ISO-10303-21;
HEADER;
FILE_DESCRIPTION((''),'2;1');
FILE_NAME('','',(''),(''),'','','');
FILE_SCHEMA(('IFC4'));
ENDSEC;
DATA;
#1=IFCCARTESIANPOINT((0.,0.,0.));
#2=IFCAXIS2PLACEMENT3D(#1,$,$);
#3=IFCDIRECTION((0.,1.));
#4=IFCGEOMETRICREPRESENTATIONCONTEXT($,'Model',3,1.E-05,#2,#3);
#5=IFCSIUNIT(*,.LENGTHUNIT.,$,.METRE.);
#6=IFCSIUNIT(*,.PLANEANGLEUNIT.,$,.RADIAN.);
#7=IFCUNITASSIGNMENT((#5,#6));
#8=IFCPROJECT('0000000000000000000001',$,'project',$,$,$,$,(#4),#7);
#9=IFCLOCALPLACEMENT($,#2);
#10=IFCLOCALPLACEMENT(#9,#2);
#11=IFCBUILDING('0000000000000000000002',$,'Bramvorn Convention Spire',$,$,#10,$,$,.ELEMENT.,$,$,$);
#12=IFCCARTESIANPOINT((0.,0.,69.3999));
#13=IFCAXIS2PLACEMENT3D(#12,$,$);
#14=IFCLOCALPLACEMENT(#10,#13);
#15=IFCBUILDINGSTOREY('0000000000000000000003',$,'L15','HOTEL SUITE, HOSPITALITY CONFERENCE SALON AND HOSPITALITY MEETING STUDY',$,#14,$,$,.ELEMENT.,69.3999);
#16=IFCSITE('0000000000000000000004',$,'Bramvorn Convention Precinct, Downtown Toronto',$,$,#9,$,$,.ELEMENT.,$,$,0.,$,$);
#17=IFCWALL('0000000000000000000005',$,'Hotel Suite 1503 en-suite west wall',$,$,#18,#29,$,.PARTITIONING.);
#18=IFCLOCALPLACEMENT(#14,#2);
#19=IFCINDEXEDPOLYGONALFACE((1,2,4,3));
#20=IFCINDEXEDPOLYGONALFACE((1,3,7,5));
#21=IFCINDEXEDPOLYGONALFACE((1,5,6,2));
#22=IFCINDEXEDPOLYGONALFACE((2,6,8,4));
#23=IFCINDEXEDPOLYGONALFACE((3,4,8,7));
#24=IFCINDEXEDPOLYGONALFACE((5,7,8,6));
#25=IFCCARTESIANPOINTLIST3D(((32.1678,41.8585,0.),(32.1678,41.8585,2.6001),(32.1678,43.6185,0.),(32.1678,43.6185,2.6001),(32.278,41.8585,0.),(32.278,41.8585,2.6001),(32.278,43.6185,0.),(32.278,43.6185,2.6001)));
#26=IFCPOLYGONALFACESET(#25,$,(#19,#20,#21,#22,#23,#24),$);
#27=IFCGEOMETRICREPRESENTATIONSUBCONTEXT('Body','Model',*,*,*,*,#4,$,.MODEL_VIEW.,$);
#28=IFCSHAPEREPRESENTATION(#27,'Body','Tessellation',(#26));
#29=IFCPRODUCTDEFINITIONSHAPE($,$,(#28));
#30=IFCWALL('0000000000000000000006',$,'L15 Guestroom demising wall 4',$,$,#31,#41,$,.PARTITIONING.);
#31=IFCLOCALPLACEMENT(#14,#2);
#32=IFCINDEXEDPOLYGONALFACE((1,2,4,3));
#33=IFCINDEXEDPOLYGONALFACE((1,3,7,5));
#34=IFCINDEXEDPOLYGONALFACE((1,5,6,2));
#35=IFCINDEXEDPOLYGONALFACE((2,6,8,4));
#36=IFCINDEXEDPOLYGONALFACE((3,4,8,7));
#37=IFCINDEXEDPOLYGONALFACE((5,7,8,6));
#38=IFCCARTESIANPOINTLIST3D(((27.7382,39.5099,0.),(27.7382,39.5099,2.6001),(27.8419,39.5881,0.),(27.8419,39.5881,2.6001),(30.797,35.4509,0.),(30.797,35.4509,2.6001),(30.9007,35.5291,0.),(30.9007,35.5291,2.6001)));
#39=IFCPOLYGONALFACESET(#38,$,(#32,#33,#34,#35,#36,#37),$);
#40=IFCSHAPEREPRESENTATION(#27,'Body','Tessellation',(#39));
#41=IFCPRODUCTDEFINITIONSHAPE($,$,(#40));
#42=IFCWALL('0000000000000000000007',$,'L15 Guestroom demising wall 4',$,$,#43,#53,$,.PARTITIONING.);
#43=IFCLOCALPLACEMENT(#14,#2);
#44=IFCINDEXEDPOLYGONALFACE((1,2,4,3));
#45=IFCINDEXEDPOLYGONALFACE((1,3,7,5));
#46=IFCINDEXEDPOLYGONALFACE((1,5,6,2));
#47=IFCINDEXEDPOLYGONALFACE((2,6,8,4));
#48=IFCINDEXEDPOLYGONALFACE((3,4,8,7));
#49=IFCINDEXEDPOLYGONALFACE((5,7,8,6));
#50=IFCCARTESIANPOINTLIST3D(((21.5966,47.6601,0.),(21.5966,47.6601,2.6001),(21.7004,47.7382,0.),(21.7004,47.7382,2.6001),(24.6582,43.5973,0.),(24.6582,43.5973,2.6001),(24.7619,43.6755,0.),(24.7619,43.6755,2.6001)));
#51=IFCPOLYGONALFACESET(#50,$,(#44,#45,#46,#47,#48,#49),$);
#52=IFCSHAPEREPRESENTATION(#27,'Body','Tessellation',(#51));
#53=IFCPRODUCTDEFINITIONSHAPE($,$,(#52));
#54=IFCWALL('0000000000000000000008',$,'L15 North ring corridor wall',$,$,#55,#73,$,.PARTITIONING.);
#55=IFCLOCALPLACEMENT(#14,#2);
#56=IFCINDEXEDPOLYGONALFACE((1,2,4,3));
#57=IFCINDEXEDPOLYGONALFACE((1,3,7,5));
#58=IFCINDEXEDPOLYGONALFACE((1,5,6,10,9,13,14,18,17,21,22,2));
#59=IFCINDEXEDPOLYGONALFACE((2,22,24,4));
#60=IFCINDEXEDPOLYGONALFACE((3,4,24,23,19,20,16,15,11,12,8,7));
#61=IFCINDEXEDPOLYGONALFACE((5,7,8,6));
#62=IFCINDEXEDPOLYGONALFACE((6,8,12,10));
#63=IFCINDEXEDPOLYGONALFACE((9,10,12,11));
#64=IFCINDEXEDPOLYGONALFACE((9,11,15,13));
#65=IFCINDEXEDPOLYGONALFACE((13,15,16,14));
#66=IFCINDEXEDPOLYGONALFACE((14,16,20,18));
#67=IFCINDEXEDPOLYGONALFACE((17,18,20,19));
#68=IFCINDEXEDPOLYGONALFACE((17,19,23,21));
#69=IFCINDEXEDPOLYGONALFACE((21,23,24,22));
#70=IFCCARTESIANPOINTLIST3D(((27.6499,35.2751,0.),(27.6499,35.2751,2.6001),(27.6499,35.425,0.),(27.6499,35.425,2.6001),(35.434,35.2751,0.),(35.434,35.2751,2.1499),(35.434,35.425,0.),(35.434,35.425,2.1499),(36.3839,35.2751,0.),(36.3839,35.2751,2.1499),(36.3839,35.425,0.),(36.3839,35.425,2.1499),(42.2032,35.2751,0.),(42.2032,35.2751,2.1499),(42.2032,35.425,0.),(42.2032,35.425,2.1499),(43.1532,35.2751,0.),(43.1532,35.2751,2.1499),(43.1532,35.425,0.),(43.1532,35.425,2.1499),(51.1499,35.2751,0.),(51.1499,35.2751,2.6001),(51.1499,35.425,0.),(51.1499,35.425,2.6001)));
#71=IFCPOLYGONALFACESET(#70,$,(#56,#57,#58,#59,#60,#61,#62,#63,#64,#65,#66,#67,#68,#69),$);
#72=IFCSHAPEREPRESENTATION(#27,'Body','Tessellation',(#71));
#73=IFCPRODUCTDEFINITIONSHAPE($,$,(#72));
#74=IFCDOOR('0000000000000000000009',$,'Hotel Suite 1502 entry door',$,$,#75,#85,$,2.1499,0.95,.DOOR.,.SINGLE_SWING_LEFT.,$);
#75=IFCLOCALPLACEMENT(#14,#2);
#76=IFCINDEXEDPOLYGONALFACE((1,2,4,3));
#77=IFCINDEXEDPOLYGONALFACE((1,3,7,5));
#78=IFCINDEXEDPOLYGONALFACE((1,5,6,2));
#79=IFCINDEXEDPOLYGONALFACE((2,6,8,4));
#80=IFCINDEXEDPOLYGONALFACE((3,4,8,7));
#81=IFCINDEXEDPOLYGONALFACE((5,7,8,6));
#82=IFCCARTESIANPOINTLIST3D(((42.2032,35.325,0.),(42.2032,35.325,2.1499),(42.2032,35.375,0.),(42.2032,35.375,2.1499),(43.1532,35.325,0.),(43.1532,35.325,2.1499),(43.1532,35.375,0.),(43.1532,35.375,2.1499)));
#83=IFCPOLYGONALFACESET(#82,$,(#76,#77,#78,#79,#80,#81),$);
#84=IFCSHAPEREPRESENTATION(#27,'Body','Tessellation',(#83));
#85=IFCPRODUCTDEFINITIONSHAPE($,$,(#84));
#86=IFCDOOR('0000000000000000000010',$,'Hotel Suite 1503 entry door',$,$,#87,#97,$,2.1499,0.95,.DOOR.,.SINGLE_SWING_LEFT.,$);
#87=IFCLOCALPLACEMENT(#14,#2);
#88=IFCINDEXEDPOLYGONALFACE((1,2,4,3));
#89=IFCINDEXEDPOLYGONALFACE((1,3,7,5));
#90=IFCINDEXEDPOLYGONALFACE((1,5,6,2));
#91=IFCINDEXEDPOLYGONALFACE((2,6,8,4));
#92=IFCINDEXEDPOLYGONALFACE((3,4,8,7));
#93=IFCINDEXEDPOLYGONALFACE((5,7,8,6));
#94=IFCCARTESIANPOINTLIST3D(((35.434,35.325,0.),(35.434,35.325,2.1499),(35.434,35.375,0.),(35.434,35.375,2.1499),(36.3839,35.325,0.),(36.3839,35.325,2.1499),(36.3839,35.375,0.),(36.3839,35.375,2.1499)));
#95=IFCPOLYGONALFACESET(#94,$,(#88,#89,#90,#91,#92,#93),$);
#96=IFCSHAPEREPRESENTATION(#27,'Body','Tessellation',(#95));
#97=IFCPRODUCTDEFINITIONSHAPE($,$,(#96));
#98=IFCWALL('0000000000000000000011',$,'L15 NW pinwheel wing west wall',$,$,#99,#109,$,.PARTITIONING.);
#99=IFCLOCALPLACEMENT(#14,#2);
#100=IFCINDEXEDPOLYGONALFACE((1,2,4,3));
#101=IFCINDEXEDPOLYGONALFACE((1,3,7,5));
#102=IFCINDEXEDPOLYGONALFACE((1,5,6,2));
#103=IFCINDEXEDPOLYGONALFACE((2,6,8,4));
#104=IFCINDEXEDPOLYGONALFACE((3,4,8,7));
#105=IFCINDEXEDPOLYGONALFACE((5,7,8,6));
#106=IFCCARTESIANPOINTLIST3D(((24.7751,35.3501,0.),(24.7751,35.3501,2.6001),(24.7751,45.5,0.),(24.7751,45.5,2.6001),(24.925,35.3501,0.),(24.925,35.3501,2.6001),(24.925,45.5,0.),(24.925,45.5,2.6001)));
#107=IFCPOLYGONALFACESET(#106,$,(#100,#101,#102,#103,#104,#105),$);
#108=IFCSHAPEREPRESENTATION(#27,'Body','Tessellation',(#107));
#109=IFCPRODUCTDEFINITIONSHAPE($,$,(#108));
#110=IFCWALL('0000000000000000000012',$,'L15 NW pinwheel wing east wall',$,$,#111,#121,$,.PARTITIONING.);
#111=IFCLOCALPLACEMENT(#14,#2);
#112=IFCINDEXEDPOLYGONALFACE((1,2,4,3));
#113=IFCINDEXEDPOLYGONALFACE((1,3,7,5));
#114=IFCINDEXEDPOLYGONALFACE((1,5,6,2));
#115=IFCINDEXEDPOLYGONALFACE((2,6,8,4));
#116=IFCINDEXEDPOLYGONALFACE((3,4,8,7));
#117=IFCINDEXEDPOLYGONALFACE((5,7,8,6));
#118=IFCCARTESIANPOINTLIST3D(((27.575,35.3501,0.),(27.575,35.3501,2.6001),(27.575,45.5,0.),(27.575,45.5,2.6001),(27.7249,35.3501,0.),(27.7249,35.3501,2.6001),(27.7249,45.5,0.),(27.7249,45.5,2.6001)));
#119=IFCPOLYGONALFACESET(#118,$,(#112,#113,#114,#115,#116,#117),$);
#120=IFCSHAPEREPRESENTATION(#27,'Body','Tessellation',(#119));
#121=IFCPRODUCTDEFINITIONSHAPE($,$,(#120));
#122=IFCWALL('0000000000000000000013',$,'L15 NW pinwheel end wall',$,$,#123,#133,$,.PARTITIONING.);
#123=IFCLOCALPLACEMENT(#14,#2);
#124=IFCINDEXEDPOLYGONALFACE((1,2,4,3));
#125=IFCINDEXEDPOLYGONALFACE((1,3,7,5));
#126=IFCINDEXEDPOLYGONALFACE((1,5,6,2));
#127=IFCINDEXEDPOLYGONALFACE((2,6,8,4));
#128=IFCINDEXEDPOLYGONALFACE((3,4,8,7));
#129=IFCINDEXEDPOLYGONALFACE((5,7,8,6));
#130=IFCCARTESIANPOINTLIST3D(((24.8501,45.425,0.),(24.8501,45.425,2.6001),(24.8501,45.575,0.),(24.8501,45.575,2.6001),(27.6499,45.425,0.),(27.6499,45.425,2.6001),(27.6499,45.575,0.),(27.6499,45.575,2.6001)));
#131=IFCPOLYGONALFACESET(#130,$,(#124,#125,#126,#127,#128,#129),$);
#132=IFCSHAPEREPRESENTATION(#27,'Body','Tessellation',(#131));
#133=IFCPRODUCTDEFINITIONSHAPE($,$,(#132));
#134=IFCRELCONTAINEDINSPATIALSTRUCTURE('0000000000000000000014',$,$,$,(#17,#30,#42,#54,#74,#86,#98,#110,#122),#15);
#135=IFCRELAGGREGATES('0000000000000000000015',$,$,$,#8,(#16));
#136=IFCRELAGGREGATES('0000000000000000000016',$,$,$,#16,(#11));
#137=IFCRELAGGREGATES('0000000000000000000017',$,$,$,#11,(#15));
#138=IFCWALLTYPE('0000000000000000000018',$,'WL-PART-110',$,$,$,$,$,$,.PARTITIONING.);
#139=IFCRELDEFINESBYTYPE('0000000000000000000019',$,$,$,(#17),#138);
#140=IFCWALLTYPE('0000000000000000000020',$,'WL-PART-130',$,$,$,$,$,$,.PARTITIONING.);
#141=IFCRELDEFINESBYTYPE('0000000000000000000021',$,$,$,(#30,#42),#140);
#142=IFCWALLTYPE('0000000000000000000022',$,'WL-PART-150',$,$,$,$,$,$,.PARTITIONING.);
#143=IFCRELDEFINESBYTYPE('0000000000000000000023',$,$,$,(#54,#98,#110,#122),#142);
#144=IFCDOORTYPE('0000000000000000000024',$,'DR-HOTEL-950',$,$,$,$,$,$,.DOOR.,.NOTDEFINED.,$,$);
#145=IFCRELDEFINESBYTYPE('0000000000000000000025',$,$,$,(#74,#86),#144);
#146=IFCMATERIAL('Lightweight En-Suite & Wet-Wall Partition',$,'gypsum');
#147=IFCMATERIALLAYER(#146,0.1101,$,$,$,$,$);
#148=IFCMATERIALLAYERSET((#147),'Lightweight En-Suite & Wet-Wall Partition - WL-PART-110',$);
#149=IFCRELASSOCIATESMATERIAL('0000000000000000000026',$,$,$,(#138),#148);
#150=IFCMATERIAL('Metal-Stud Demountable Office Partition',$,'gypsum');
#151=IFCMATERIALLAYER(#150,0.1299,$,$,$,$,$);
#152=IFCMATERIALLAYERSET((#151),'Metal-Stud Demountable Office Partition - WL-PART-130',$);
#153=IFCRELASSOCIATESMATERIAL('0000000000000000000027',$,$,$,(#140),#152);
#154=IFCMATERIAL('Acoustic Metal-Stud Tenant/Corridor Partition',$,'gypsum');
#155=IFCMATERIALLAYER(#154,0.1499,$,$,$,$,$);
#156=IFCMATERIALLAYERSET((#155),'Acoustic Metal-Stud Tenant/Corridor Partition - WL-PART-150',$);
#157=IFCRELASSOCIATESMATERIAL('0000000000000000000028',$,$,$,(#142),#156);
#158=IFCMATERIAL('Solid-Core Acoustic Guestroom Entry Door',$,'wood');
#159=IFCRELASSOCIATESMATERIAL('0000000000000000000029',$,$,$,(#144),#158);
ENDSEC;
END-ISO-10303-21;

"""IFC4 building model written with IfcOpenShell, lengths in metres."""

from ifc_helpers import new_model, si_unit, direction, frame, frame_2d, origin, place, context, subcontext, project, spatial, rectangle, extrude, material, layer, layer_set, type_object, element, fill, save


model = new_model("IFC4")

# Units and contexts
model_context = context("Model", 3, precision=1e-05, world=origin(), true_north=direction((0.0, 1.0)))
body_context = subcontext(model_context, "Body", "Model", "MODEL_VIEW")
ifc_project = project(units=[si_unit("LENGTHUNIT", "METRE"), si_unit("PLANEANGLEUNIT", "RADIAN")], contexts=[model_context])

# Site, building, storey
site_placement = place(None, origin())
site = spatial("IfcSite", under=ifc_project, at=site_placement, Name="Bramvorn Convention Precinct, Downtown Toronto", CompositionType="ELEMENT", RefElevation=0.0)
building_placement = place(site_placement, origin())
building = spatial("IfcBuilding", under=site, at=building_placement, Name="Bramvorn Convention Spire", CompositionType="ELEMENT")
storey_placement = place(building_placement, frame((0.0, 0.0, 69.3999)))
storey = spatial("IfcBuildingStorey", under=building, at=storey_placement, Name="L15", Description="HOTEL SUITE, HOSPITALITY CONFERENCE SALON AND HOSPITALITY MEETING STUDY", CompositionType="ELEMENT", Elevation=69.3999)

# Shared definitions
ifc_material_1 = material(Name="Lightweight En-Suite & Wet-Wall Partition", Category="gypsum")
ifc_layer_1 = layer(ifc_material_1, 0.1101)
ifc_layer_set_1 = layer_set([ifc_layer_1], Name="Lightweight En-Suite & Wet-Wall Partition - WL-PART-110")
wall_type_1 = type_object("IfcWallType", Name="WL-PART-110", PredefinedType="PARTITIONING", material=ifc_layer_set_1)

# Walls
wall_1_placement = place(storey_placement, frame((32.2229, 41.8586, 0.0), z_axis=(0.0, 0.0, 1.0), x_axis=(0.0, 1.0, 0.0)))
element("IfcWall", 1, at=wall_1_placement, inside=storey, type_object=wall_type_1, Name="Hotel Suite 1503 en-suite west wall", PredefinedType="PARTITIONING", context=body_context, shape_type="SweptSolid", body=[
    extrude(rectangle(XDim=1.76, YDim=0.1101, at=frame_2d((0.8799, 0.0))), origin(), (0.0, 0.0, 1.0), 2.6001),
])
ifc_material_2 = material(Name="Metal-Stud Demountable Office Partition", Category="gypsum")
ifc_layer_2 = layer(ifc_material_2, 0.1299)
ifc_layer_set_2 = layer_set([ifc_layer_2], Name="Metal-Stud Demountable Office Partition - WL-PART-130")
wall_type_2 = type_object("IfcWallType", Name="WL-PART-130", PredefinedType="PARTITIONING", material=ifc_layer_set_2)
wall_2_placement = place(storey_placement, frame((30.8489, 35.49, 0.0), z_axis=(0.0, 0.0, 1.0), x_axis=(-0.601828, 0.798626, 0.0)))
element("IfcWall", 2, at=wall_2_placement, inside=storey, type_object=wall_type_2, Name="L15 Guestroom demising wall 4", PredefinedType="PARTITIONING", context=body_context, shape_type="SweptSolid", body=[
    extrude(rectangle(XDim=5.0825, YDim=0.1299, at=frame_2d((2.5413, 0.0))), origin(), (0.0, 0.0, 1.0), 2.6001),
])
wall_3_placement = place(storey_placement, frame((24.71, 43.6365, 0.0), z_axis=(0.0, 0.0, 1.0), x_axis=(-0.601818, 0.798633, 0.0)))
element("IfcWall", 3, at=wall_3_placement, inside=storey, type_object=wall_type_2, Name="L15 Guestroom demising wall 4", PredefinedType="PARTITIONING", context=body_context, shape_type="SweptSolid", body=[
    extrude(rectangle(XDim=5.0872, YDim=0.1299, at=frame_2d((2.5435, 0.0))), origin(), (0.0, 0.0, 1.0), 2.6001),
])

# Wall, openings, doors
ifc_material_3 = material(Name="Acoustic Metal-Stud Tenant/Corridor Partition", Category="gypsum")
ifc_layer_3 = layer(ifc_material_3, 0.1499)
ifc_layer_set_3 = layer_set([ifc_layer_3], Name="Acoustic Metal-Stud Tenant/Corridor Partition - WL-PART-150")
wall_type_3 = type_object("IfcWallType", Name="WL-PART-150", PredefinedType="PARTITIONING", material=ifc_layer_set_3)
wall_4_placement = place(storey_placement, frame((27.6499, 35.3501, 0.0), z_axis=(0.0, 0.0, 1.0), x_axis=(1.0, 0.0, 0.0)))
wall_4 = element("IfcWall", 4, at=wall_4_placement, inside=storey, type_object=wall_type_3, Name="L15 North ring corridor wall", PredefinedType="PARTITIONING", context=body_context, shape_type="SweptSolid", body=[
    extrude(rectangle(XDim=23.5, YDim=0.1499, at=frame_2d((11.75, 0.0))), origin(), (0.0, 0.0, 1.0), 2.6001),
])
opening_1_placement = place(wall_4_placement, frame((14.5532, 0.0, 0.0)))
opening_1 = element("IfcOpeningElement", 5, at=opening_1_placement, cuts=wall_4, PredefinedType="OPENING", context=body_context, shape_type="SweptSolid", body=[
    extrude(rectangle(XDim=0.95, YDim=2.1499, at=frame_2d((0.4751, 1.075))), frame((0.0, 0.085, 0.0), z_axis=(0.0, -1.0, 0.0), x_axis=(1.0, 0.0, 0.0)), (0.0, 0.0, 1.0), 0.1699),
])
opening_2_placement = place(wall_4_placement, frame((7.7839, 0.0, 0.0)))
opening_2 = element("IfcOpeningElement", 6, at=opening_2_placement, cuts=wall_4, PredefinedType="OPENING", context=body_context, shape_type="SweptSolid", body=[
    extrude(rectangle(XDim=0.95, YDim=2.1499, at=frame_2d((0.4751, 1.075))), frame((0.0, 0.085, 0.0), z_axis=(0.0, -1.0, 0.0), x_axis=(1.0, 0.0, 0.0)), (0.0, 0.0, 1.0), 0.1699),
])
ifc_material_4 = material(Name="Solid-Core Acoustic Guestroom Entry Door", Category="wood")
door_type_1 = type_object("IfcDoorType", Name="DR-HOTEL-950", OperationType="NOTDEFINED", PredefinedType="DOOR", material=ifc_material_4)
door_1_placement = place(opening_1_placement, origin())
door_1 = element("IfcDoor", 7, at=door_1_placement, inside=storey, type_object=door_type_1, Name="Hotel Suite 1502 entry door", OperationType="SINGLE_SWING_LEFT", OverallHeight=2.1499, OverallWidth=0.95, PredefinedType="DOOR", context=body_context, shape_type="SweptSolid", body=[
    extrude(rectangle(XDim=0.95, YDim=2.1499, at=frame_2d((0.4751, 1.075))), frame((0.0, 0.0249, 0.0), z_axis=(0.0, -1.0, 0.0), x_axis=(1.0, 0.0, 0.0)), (0.0, 0.0, 1.0), 0.05),
])
fill(opening_1, door_1)
door_2_placement = place(opening_2_placement, origin())
door_2 = element("IfcDoor", 8, at=door_2_placement, inside=storey, type_object=door_type_1, Name="Hotel Suite 1503 entry door", OperationType="SINGLE_SWING_LEFT", OverallHeight=2.1499, OverallWidth=0.95, PredefinedType="DOOR", context=body_context, shape_type="SweptSolid", body=[
    extrude(rectangle(XDim=0.95, YDim=2.1499, at=frame_2d((0.4751, 1.075))), frame((0.0, 0.0249, 0.0), z_axis=(0.0, -1.0, 0.0), x_axis=(1.0, 0.0, 0.0)), (0.0, 0.0, 1.0), 0.05),
])
fill(opening_2, door_2)

# Walls
for number, where, z_axis, x_axis, name in (
    (9, (24.8501, 35.3501, 0.0), (0.0, 0.0, 1.0), (0.0, 1.0, 0.0), "L15 NW pinwheel wing west wall"),
    (10, (27.6499, 35.3501, 0.0), (0.0, 0.0, 1.0), (0.0, 1.0, 0.0), "L15 NW pinwheel wing east wall"),
):
    element("IfcWall", number, at=place(storey_placement, frame(where, z_axis=z_axis, x_axis=x_axis)), inside=storey, type_object=wall_type_3, Name=name, PredefinedType="PARTITIONING", context=body_context, shape_type="SweptSolid", body=[
        extrude(rectangle(XDim=10.1499, YDim=0.1499, at=frame_2d((5.075, 0.0))), origin(), (0.0, 0.0, 1.0), 2.6001),
    ])
wall_5_placement = place(storey_placement, frame((24.8501, 45.5, 0.0), z_axis=(0.0, 0.0, 1.0), x_axis=(1.0, 0.0, 0.0)))
element("IfcWall", 11, at=wall_5_placement, inside=storey, type_object=wall_type_3, Name="L15 NW pinwheel end wall", PredefinedType="PARTITIONING", context=body_context, shape_type="SweptSolid", body=[
    extrude(rectangle(XDim=2.7998, YDim=0.1499, at=frame_2d((1.3999, 0.0))), origin(), (0.0, 0.0, 1.0), 2.6001),
])

save(model, "model.ifc")
